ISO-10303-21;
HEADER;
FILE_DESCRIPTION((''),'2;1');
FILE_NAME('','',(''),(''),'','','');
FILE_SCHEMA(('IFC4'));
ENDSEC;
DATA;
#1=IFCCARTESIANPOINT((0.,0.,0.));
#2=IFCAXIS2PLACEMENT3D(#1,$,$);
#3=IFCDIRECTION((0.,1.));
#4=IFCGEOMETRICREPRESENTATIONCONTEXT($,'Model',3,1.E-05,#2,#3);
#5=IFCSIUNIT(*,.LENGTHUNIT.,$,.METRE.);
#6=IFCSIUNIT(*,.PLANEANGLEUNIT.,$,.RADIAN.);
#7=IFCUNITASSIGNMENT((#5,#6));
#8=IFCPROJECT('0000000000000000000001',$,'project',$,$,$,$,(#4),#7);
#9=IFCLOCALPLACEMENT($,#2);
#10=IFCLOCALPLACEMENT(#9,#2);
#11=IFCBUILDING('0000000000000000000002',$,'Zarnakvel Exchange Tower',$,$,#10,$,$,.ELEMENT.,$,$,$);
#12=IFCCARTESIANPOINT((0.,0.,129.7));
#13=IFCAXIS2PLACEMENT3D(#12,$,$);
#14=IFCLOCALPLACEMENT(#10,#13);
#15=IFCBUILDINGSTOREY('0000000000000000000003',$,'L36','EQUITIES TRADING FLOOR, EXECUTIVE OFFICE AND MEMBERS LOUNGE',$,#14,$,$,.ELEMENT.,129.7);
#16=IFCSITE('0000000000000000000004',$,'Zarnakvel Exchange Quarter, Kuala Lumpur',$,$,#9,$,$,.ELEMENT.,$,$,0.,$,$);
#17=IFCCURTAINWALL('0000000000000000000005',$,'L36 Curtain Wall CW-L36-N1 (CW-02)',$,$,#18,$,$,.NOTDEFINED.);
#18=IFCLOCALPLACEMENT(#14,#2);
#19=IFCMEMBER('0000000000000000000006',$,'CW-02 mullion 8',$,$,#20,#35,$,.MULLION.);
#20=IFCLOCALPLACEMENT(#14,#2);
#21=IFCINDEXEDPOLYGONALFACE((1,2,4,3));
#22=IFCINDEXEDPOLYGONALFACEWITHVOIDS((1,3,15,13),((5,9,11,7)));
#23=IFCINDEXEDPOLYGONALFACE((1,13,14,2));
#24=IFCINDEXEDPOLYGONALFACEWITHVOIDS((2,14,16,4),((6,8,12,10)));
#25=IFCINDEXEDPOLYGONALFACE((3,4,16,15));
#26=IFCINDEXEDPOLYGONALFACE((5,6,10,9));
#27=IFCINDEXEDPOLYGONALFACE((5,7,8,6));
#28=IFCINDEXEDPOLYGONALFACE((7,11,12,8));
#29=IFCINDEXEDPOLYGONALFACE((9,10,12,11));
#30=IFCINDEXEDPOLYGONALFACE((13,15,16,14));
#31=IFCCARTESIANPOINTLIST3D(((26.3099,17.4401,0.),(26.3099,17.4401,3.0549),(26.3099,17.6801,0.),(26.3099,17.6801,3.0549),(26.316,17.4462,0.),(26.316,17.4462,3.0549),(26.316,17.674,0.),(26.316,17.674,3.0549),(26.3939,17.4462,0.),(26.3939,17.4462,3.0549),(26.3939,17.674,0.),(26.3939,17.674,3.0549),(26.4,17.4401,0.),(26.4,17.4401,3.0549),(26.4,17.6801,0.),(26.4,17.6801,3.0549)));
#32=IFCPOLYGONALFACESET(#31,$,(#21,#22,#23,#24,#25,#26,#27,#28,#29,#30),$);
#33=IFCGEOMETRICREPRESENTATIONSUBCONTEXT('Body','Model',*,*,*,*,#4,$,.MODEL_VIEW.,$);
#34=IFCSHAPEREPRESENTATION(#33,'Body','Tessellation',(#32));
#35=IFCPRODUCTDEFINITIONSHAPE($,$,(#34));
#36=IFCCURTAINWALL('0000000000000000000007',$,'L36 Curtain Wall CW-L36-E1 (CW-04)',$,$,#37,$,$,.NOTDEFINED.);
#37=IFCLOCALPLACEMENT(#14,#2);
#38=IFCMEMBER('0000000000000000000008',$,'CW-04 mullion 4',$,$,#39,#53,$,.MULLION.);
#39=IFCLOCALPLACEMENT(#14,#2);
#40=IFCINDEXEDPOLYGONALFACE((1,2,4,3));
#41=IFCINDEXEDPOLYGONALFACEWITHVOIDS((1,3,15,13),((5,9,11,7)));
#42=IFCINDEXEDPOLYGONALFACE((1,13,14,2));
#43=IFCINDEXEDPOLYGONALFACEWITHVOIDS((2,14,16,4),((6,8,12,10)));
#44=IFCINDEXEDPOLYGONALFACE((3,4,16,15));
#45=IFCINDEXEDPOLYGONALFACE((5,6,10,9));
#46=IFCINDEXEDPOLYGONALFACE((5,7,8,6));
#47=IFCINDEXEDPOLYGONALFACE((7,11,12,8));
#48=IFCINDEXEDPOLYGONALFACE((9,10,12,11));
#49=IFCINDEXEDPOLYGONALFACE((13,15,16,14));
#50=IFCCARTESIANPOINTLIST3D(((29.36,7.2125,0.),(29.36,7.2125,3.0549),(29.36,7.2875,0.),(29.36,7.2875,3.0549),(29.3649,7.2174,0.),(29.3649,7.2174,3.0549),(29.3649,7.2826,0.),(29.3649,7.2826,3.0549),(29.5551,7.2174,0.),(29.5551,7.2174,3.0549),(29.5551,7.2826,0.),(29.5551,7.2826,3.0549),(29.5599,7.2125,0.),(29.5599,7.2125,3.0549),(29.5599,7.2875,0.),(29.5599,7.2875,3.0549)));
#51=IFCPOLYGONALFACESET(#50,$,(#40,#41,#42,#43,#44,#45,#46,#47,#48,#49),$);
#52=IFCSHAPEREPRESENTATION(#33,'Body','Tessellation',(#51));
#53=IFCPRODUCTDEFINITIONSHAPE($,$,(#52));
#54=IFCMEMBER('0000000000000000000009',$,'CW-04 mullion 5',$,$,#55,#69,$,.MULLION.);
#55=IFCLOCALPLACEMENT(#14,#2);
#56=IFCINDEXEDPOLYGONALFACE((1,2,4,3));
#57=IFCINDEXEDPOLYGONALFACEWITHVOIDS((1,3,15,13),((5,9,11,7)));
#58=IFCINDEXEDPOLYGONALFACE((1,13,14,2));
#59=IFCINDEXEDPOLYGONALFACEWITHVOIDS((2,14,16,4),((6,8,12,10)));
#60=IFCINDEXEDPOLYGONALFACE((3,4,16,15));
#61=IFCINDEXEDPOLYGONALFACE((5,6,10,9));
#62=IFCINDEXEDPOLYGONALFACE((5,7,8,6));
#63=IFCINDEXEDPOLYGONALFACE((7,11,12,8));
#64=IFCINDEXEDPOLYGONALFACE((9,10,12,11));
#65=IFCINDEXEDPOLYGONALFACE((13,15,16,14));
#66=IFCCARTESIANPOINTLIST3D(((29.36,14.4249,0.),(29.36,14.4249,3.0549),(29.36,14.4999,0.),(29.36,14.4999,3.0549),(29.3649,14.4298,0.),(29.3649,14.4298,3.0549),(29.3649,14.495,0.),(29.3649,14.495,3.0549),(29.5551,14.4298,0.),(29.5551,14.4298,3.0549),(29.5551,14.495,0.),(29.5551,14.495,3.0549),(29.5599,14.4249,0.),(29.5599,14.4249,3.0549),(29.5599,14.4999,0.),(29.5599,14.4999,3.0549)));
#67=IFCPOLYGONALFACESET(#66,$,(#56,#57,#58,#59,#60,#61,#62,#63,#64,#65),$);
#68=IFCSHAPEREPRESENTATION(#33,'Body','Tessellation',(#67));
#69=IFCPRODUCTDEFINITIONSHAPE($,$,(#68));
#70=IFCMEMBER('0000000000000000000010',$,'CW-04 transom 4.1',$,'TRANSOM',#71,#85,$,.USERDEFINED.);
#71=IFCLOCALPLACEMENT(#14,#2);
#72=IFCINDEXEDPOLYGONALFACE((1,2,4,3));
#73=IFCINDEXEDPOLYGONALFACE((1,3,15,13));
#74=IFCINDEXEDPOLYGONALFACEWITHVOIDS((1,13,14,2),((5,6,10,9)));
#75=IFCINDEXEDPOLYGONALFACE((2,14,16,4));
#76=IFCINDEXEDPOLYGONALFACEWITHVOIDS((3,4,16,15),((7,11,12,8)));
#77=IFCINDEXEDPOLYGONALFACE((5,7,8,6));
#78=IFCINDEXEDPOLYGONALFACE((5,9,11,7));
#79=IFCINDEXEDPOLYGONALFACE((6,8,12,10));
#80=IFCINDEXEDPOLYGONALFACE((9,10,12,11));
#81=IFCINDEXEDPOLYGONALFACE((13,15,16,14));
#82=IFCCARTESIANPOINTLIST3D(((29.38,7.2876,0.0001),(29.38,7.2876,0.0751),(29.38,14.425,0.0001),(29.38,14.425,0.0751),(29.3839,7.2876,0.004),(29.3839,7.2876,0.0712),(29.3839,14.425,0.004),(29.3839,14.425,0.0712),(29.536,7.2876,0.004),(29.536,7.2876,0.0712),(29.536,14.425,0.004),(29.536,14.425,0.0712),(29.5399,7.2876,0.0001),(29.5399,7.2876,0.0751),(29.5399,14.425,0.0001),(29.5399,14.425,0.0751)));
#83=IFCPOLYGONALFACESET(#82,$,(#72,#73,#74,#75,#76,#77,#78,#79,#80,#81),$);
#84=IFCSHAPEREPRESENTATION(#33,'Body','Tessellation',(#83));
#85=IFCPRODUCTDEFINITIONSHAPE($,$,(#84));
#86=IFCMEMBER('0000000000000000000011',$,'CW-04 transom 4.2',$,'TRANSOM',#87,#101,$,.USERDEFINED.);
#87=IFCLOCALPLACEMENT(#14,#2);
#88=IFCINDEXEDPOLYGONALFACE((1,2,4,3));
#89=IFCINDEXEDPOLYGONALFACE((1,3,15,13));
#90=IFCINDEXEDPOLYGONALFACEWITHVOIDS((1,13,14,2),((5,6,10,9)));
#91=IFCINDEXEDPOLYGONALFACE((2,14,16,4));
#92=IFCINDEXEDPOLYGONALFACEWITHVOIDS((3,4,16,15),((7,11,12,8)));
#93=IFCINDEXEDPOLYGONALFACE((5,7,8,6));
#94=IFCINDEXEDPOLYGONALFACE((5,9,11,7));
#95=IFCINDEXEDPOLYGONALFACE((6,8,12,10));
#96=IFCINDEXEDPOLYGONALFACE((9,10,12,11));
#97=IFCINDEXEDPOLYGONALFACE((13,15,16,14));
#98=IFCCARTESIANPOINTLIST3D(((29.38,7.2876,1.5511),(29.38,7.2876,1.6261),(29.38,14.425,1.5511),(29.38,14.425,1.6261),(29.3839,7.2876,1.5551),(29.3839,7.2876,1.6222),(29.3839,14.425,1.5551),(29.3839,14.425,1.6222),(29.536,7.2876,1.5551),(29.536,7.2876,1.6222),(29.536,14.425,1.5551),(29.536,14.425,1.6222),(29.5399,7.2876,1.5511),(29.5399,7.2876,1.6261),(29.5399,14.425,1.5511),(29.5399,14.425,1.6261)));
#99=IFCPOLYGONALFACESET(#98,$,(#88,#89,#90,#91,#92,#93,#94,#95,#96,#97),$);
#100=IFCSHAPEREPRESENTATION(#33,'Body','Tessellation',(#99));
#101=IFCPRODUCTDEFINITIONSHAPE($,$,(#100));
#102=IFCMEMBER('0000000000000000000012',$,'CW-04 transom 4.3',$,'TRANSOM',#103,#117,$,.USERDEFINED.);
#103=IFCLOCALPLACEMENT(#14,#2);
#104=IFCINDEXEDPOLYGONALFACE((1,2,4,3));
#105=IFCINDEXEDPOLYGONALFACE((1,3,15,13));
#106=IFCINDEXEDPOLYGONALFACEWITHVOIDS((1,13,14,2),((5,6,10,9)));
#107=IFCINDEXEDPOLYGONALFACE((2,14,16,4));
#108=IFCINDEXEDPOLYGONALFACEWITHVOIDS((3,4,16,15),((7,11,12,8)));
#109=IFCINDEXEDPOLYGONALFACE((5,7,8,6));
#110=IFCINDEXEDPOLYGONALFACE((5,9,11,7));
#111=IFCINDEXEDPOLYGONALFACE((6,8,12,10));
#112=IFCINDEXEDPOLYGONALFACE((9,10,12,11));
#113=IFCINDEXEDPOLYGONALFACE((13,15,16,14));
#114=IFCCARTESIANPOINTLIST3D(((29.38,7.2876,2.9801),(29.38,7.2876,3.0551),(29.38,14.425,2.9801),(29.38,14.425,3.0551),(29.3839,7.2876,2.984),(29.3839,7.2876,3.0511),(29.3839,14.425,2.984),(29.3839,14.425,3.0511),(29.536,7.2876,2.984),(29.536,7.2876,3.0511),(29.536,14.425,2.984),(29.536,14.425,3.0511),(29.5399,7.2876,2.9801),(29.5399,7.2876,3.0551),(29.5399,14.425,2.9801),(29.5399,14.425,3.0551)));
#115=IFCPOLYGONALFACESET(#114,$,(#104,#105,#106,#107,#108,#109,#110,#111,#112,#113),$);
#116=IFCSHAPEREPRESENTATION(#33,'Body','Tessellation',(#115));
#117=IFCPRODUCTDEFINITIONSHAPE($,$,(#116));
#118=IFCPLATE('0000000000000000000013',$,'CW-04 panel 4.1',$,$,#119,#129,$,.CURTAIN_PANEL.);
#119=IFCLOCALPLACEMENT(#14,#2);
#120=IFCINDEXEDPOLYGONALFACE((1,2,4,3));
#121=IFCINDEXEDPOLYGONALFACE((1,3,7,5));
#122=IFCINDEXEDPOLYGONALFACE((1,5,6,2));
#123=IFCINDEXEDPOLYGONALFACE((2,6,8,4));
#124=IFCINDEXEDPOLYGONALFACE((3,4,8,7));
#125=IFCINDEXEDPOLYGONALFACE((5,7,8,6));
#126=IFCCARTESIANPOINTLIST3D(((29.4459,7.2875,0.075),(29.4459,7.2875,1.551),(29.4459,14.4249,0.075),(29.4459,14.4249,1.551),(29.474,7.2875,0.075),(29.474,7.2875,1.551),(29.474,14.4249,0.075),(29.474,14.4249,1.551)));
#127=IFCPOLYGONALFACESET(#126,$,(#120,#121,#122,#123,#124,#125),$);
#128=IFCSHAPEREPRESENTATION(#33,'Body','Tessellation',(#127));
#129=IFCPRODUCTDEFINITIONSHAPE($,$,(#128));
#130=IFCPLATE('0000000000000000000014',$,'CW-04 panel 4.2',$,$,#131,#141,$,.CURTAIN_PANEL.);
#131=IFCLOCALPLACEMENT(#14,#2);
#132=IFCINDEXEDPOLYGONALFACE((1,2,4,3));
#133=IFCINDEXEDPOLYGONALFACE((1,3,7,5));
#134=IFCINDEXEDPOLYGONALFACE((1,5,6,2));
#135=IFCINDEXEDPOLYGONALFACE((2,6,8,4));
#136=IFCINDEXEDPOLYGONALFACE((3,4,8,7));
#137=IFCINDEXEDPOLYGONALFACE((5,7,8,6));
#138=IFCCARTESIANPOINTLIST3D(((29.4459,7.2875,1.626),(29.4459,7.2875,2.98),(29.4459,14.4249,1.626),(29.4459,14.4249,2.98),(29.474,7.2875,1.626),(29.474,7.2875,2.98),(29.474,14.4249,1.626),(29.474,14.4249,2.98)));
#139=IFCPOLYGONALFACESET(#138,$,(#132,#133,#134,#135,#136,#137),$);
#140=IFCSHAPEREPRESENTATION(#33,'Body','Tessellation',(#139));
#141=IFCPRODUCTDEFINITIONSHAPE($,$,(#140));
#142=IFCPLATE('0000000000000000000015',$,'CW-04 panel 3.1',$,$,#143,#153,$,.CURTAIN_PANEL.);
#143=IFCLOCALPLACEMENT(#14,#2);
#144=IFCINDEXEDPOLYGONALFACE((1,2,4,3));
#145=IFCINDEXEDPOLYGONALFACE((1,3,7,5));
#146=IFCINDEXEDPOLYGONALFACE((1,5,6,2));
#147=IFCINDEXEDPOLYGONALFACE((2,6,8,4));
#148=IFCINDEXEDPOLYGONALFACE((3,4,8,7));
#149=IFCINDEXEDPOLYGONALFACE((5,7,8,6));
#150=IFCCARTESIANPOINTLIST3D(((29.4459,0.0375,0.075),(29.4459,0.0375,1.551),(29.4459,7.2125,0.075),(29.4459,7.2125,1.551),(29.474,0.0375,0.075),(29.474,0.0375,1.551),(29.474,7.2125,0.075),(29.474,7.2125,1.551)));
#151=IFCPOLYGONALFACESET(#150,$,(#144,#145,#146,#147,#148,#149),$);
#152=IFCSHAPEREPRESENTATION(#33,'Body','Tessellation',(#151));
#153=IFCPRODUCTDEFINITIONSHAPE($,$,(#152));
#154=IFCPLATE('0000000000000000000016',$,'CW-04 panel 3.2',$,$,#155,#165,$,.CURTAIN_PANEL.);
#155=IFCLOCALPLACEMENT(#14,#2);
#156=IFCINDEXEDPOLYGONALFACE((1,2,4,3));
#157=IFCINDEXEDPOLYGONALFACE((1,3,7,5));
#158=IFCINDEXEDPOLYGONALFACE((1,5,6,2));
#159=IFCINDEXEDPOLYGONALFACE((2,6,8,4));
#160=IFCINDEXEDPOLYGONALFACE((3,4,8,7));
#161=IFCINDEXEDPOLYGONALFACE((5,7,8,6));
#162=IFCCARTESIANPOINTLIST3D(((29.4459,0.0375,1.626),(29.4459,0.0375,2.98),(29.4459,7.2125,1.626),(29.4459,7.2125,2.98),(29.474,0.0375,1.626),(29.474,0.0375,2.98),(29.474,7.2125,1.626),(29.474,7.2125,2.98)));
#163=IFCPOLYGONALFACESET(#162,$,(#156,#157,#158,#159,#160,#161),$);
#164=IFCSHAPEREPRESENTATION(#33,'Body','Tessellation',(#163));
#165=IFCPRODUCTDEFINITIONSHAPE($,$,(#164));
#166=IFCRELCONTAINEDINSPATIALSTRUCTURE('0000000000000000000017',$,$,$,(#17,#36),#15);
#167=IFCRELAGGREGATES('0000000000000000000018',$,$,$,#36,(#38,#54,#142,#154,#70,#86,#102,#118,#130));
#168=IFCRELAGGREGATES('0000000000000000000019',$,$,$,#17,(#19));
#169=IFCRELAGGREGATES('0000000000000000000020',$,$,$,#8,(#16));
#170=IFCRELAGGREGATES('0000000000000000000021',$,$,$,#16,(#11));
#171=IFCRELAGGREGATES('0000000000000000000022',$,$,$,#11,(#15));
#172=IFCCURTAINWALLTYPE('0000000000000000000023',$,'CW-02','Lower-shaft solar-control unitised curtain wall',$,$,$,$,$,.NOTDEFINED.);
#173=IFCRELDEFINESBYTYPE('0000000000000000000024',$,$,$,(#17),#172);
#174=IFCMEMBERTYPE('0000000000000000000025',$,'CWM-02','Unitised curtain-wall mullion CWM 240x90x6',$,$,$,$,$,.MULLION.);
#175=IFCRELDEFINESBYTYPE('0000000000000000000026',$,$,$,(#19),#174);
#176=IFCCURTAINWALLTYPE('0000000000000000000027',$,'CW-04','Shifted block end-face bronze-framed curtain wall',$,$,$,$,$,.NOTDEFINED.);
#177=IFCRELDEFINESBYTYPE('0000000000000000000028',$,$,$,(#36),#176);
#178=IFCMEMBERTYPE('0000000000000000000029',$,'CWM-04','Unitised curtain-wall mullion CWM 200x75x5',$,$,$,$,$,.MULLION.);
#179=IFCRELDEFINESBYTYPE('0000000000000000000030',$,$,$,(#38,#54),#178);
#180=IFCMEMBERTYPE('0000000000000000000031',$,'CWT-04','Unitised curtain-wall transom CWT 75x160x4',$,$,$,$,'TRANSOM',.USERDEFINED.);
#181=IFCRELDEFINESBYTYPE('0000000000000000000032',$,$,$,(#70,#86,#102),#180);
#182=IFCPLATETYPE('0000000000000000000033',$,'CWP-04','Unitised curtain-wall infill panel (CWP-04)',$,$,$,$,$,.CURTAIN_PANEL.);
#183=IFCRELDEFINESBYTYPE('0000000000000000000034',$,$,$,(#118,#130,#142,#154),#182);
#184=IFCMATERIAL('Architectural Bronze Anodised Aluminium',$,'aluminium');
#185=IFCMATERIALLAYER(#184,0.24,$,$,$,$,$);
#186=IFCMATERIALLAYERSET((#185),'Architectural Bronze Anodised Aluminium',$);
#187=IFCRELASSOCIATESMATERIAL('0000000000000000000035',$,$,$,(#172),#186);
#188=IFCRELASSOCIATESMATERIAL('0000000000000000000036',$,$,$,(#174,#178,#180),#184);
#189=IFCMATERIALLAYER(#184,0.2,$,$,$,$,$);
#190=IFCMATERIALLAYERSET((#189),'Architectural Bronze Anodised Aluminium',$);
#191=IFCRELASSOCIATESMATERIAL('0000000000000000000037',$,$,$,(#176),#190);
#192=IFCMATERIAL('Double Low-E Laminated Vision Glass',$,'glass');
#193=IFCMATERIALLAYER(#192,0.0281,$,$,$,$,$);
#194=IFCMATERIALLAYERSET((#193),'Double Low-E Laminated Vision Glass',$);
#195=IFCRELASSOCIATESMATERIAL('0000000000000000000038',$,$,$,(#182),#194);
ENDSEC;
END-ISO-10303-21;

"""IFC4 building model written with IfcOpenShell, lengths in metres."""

from ifc_helpers import new_model, si_unit, direction, frame, origin, origin_2d, place, context, subcontext, project, spatial, rectangle, hollow_rectangle, extrude, source, transform, mapped, material, layer, layer_set, material_profile, profile_set, type_object, element, aggregate, save


model = new_model("IFC4")

# Units and contexts
model_context = context("Model", 3, precision=1e-05, world=origin(), true_north=direction((0.0, 1.0)))
body_context = subcontext(model_context, "Body", "Model", "MODEL_VIEW")
ifc_project = project(units=[si_unit("LENGTHUNIT", "METRE"), si_unit("PLANEANGLEUNIT", "RADIAN")], contexts=[model_context])

# Site, building, storey
site_placement = place(None, origin())
site = spatial("IfcSite", under=ifc_project, at=site_placement, Name="Zarnakvel Exchange Quarter, Kuala Lumpur", CompositionType="ELEMENT", RefElevation=0.0)
building_placement = place(site_placement, origin())
building = spatial("IfcBuilding", under=site, at=building_placement, Name="Zarnakvel Exchange Tower", CompositionType="ELEMENT")
storey_placement = place(building_placement, frame((0.0, 0.0, 129.7)))
storey = spatial("IfcBuildingStorey", under=building, at=storey_placement, Name="L36", Description="EQUITIES TRADING FLOOR, EXECUTIVE OFFICE AND MEMBERS LOUNGE", CompositionType="ELEMENT", Elevation=129.7)

# Curtain wall, member
ifc_material_1 = material(Name="Architectural Bronze Anodised Aluminium", Category="aluminium")
ifc_layer_1 = layer(ifc_material_1, 0.24)
ifc_layer_set_1 = layer_set([ifc_layer_1], Name="Architectural Bronze Anodised Aluminium")
curtain_wall_type_1 = type_object("IfcCurtainWallType", Name="CW-02", Description="Lower-shaft solar-control unitised curtain wall", PredefinedType="NOTDEFINED", material=ifc_layer_set_1)
curtain_wall_1_placement = place(storey_placement, origin())
curtain_wall_1 = element("IfcCurtainWall", 1, at=curtain_wall_1_placement, inside=storey, type_object=curtain_wall_type_1, Name="L36 Curtain Wall CW-L36-N1 (CW-02)", PredefinedType="NOTDEFINED")
ifc_material_profile_1 = material_profile(ifc_material_1, hollow_rectangle(XDim=0.24, YDim=0.0901, WallThickness=0.0061, at=origin_2d()))
ifc_profile_set_1 = profile_set([ifc_material_profile_1], Name="Architectural Bronze Anodised Aluminium")
member_type_1 = type_object("IfcMemberType", Name="CWM-02", Description="Unitised curtain-wall mullion CWM 240x90x6", PredefinedType="MULLION", material=ifc_profile_set_1)
shared_shape_1 = source(origin(), body_context, "Body", "SweptSolid", [
    extrude(hollow_rectangle(XDim=0.24, YDim=0.0901, WallThickness=0.0061, at=origin_2d()), origin(), (0.0, 0.0, 1.0), 3.0549),
])
member_1_placement = place(storey_placement, frame((26.355, 17.5601, 0.0), z_axis=(0.0, 0.0, 1.0), x_axis=(0.0, 1.0, 0.0)))
member_1 = element("IfcMember", 2, at=member_1_placement, type_object=member_type_1, Name="CW-02 mullion 8", PredefinedType="MULLION", context=body_context, shape_type="MappedRepresentation", body=[
    mapped(shared_shape_1, transform((0.0, 0.0, 0.0), x_axis=(1.0, 0.0, 0.0), y_axis=(0.0, 1.0, 0.0), z_axis=(0.0, 0.0, 1.0), scale=1.0)),
])

# Curtain wall, members, plates
ifc_layer_2 = layer(ifc_material_1, 0.2)
ifc_layer_set_2 = layer_set([ifc_layer_2], Name="Architectural Bronze Anodised Aluminium")
curtain_wall_type_2 = type_object("IfcCurtainWallType", Name="CW-04", Description="Shifted block end-face bronze-framed curtain wall", PredefinedType="NOTDEFINED", material=ifc_layer_set_2)
curtain_wall_2_placement = place(storey_placement, origin())
curtain_wall_2 = element("IfcCurtainWall", 3, at=curtain_wall_2_placement, inside=storey, type_object=curtain_wall_type_2, Name="L36 Curtain Wall CW-L36-E1 (CW-04)", PredefinedType="NOTDEFINED")
ifc_material_profile_2 = material_profile(ifc_material_1, hollow_rectangle(XDim=0.2, YDim=0.075, WallThickness=0.0049, at=origin_2d()))
ifc_profile_set_2 = profile_set([ifc_material_profile_2], Name="Architectural Bronze Anodised Aluminium")
member_type_2 = type_object("IfcMemberType", Name="CWM-04", Description="Unitised curtain-wall mullion CWM 200x75x5", PredefinedType="MULLION", material=ifc_profile_set_2)
shared_shape_2 = source(origin(), body_context, "Body", "SweptSolid", [
    extrude(hollow_rectangle(XDim=0.2, YDim=0.075, WallThickness=0.0049, at=origin_2d()), origin(), (0.0, 0.0, 1.0), 3.0549),
])
member_2_placement = place(storey_placement, frame((29.46, 7.25, 0.0), z_axis=(0.0, 0.0, 1.0), x_axis=(-1.0, 0.0, 0.0)))
member_2 = element("IfcMember", 4, at=member_2_placement, type_object=member_type_2, Name="CW-04 mullion 4", PredefinedType="MULLION", context=body_context, shape_type="MappedRepresentation", body=[
    mapped(shared_shape_2, transform((0.0, 0.0, 0.0), x_axis=(1.0, 0.0, 0.0), y_axis=(0.0, 1.0, 0.0), z_axis=(0.0, 0.0, 1.0), scale=1.0)),
])
member_3_placement = place(storey_placement, frame((29.46, 14.4624, 0.0), z_axis=(0.0, 0.0, 1.0), x_axis=(-1.0, 0.0, 0.0)))
member_3 = element("IfcMember", 5, at=member_3_placement, type_object=member_type_2, Name="CW-04 mullion 5", PredefinedType="MULLION", context=body_context, shape_type="MappedRepresentation", body=[
    mapped(shared_shape_2, transform((0.0, 0.0, 0.0), x_axis=(1.0, 0.0, 0.0), y_axis=(0.0, 1.0, 0.0), z_axis=(0.0, 0.0, 1.0), scale=1.0)),
])
ifc_material_profile_3 = material_profile(ifc_material_1, hollow_rectangle(XDim=0.1599, YDim=0.075, WallThickness=0.0039, at=origin_2d()))
ifc_profile_set_3 = profile_set([ifc_material_profile_3], Name="Architectural Bronze Anodised Aluminium")
member_type_3 = type_object("IfcMemberType", Name="CWT-04", Description="Unitised curtain-wall transom CWT 75x160x4", ElementType="TRANSOM", PredefinedType="USERDEFINED", material=ifc_profile_set_3)
shared_shape_3 = source(origin(), body_context, "Body", "SweptSolid", [
    extrude(hollow_rectangle(XDim=0.1599, YDim=0.075, WallThickness=0.0039, at=origin_2d()), origin(), (0.0, 0.0, 1.0), 7.1375),
])
member_4_placement = place(storey_placement, frame((29.46, 7.2876, 0.0376), z_axis=(0.0, 1.0, 0.0), x_axis=(-1.0, 0.0, 0.0)))
member_4 = element("IfcMember", 6, at=member_4_placement, type_object=member_type_3, Name="CW-04 transom 4.1", ObjectType="TRANSOM", PredefinedType="USERDEFINED", context=body_context, shape_type="MappedRepresentation", body=[
    mapped(shared_shape_3, transform((0.0, 0.0, 0.0), x_axis=(1.0, 0.0, 0.0), y_axis=(0.0, 1.0, 0.0), z_axis=(0.0, 0.0, 1.0), scale=1.0)),
])
member_5_placement = place(storey_placement, frame((29.46, 7.2876, 1.5886), z_axis=(0.0, 1.0, 0.0), x_axis=(-1.0, 0.0, 0.0)))
member_5 = element("IfcMember", 7, at=member_5_placement, type_object=member_type_3, Name="CW-04 transom 4.2", ObjectType="TRANSOM", PredefinedType="USERDEFINED", context=body_context, shape_type="MappedRepresentation", body=[
    mapped(shared_shape_3, transform((0.0, 0.0, 0.0), x_axis=(1.0, 0.0, 0.0), y_axis=(0.0, 1.0, 0.0), z_axis=(0.0, 0.0, 1.0), scale=1.0)),
])
member_6_placement = place(storey_placement, frame((29.46, 7.2876, 3.0176), z_axis=(0.0, 1.0, 0.0), x_axis=(-1.0, 0.0, 0.0)))
member_6 = element("IfcMember", 8, at=member_6_placement, type_object=member_type_3, Name="CW-04 transom 4.3", ObjectType="TRANSOM", PredefinedType="USERDEFINED", context=body_context, shape_type="MappedRepresentation", body=[
    mapped(shared_shape_3, transform((0.0, 0.0, 0.0), x_axis=(1.0, 0.0, 0.0), y_axis=(0.0, 1.0, 0.0), z_axis=(0.0, 0.0, 1.0), scale=1.0)),
])
ifc_material_2 = material(Name="Double Low-E Laminated Vision Glass", Category="glass")
ifc_layer_3 = layer(ifc_material_2, 0.0281)
ifc_layer_set_3 = layer_set([ifc_layer_3], Name="Double Low-E Laminated Vision Glass")
plate_type_1 = type_object("IfcPlateType", Name="CWP-04", Description="Unitised curtain-wall infill panel (CWP-04)", PredefinedType="CURTAIN_PANEL", material=ifc_layer_set_3)
shared_shape_4 = source(origin(), body_context, "Body", "SweptSolid", [
    extrude(rectangle(XDim=7.1375, YDim=0.0281, at=origin_2d()), origin(), (0.0, 0.0, 1.0), 1.4761),
])
plate_1_placement = place(storey_placement, frame((29.46, 10.8562, 0.075), z_axis=(0.0, 0.0, 1.0), x_axis=(0.0, 1.0, 0.0)))
plate_1 = element("IfcPlate", 9, at=plate_1_placement, type_object=plate_type_1, Name="CW-04 panel 4.1", PredefinedType="CURTAIN_PANEL", context=body_context, shape_type="MappedRepresentation", body=[
    mapped(shared_shape_4, transform((0.0, 0.0, 0.0), x_axis=(1.0, 0.0, 0.0), y_axis=(0.0, 1.0, 0.0), z_axis=(0.0, 0.0, 1.0), scale=1.0)),
])
shared_shape_5 = source(origin(), body_context, "Body", "SweptSolid", [
    extrude(rectangle(XDim=7.1375, YDim=0.0281, at=origin_2d()), origin(), (0.0, 0.0, 1.0), 1.354),
])
plate_2_placement = place(storey_placement, frame((29.46, 10.8562, 1.626), z_axis=(0.0, 0.0, 1.0), x_axis=(0.0, 1.0, 0.0)))
plate_2 = element("IfcPlate", 10, at=plate_2_placement, type_object=plate_type_1, Name="CW-04 panel 4.2", PredefinedType="CURTAIN_PANEL", context=body_context, shape_type="MappedRepresentation", body=[
    mapped(shared_shape_5, transform((0.0, 0.0, 0.0), x_axis=(1.0, 0.0, 0.0), y_axis=(0.0, 1.0, 0.0), z_axis=(0.0, 0.0, 1.0), scale=1.0)),
])
shared_shape_6 = source(origin(), body_context, "Body", "SweptSolid", [
    extrude(rectangle(XDim=7.175, YDim=0.0281, at=origin_2d()), origin(), (0.0, 0.0, 1.0), 1.4761),
])
plate_3_placement = place(storey_placement, frame((29.46, 3.625, 0.075), z_axis=(0.0, 0.0, 1.0), x_axis=(0.0, 1.0, 0.0)))
plate_3 = element("IfcPlate", 11, at=plate_3_placement, type_object=plate_type_1, Name="CW-04 panel 3.1", PredefinedType="CURTAIN_PANEL", context=body_context, shape_type="MappedRepresentation", body=[
    mapped(shared_shape_6, transform((0.0, 0.0, 0.0), x_axis=(1.0, 0.0, 0.0), y_axis=(0.0, 1.0, 0.0), z_axis=(0.0, 0.0, 1.0), scale=1.0)),
])
shared_shape_7 = source(origin(), body_context, "Body", "SweptSolid", [
    extrude(rectangle(XDim=7.175, YDim=0.0281, at=origin_2d()), origin(), (0.0, 0.0, 1.0), 1.354),
])
plate_4_placement = place(storey_placement, frame((29.46, 3.625, 1.626), z_axis=(0.0, 0.0, 1.0), x_axis=(0.0, 1.0, 0.0)))
plate_4 = element("IfcPlate", 12, at=plate_4_placement, type_object=plate_type_1, Name="CW-04 panel 3.2", PredefinedType="CURTAIN_PANEL", context=body_context, shape_type="MappedRepresentation", body=[
    mapped(shared_shape_7, transform((0.0, 0.0, 0.0), x_axis=(1.0, 0.0, 0.0), y_axis=(0.0, 1.0, 0.0), z_axis=(0.0, 0.0, 1.0), scale=1.0)),
])
aggregate(curtain_wall_2, [member_2, member_3, plate_3, plate_4, member_4, member_5, member_6, plate_1, plate_2])

aggregate(curtain_wall_1, [member_1])

save(model, "model.ifc")
